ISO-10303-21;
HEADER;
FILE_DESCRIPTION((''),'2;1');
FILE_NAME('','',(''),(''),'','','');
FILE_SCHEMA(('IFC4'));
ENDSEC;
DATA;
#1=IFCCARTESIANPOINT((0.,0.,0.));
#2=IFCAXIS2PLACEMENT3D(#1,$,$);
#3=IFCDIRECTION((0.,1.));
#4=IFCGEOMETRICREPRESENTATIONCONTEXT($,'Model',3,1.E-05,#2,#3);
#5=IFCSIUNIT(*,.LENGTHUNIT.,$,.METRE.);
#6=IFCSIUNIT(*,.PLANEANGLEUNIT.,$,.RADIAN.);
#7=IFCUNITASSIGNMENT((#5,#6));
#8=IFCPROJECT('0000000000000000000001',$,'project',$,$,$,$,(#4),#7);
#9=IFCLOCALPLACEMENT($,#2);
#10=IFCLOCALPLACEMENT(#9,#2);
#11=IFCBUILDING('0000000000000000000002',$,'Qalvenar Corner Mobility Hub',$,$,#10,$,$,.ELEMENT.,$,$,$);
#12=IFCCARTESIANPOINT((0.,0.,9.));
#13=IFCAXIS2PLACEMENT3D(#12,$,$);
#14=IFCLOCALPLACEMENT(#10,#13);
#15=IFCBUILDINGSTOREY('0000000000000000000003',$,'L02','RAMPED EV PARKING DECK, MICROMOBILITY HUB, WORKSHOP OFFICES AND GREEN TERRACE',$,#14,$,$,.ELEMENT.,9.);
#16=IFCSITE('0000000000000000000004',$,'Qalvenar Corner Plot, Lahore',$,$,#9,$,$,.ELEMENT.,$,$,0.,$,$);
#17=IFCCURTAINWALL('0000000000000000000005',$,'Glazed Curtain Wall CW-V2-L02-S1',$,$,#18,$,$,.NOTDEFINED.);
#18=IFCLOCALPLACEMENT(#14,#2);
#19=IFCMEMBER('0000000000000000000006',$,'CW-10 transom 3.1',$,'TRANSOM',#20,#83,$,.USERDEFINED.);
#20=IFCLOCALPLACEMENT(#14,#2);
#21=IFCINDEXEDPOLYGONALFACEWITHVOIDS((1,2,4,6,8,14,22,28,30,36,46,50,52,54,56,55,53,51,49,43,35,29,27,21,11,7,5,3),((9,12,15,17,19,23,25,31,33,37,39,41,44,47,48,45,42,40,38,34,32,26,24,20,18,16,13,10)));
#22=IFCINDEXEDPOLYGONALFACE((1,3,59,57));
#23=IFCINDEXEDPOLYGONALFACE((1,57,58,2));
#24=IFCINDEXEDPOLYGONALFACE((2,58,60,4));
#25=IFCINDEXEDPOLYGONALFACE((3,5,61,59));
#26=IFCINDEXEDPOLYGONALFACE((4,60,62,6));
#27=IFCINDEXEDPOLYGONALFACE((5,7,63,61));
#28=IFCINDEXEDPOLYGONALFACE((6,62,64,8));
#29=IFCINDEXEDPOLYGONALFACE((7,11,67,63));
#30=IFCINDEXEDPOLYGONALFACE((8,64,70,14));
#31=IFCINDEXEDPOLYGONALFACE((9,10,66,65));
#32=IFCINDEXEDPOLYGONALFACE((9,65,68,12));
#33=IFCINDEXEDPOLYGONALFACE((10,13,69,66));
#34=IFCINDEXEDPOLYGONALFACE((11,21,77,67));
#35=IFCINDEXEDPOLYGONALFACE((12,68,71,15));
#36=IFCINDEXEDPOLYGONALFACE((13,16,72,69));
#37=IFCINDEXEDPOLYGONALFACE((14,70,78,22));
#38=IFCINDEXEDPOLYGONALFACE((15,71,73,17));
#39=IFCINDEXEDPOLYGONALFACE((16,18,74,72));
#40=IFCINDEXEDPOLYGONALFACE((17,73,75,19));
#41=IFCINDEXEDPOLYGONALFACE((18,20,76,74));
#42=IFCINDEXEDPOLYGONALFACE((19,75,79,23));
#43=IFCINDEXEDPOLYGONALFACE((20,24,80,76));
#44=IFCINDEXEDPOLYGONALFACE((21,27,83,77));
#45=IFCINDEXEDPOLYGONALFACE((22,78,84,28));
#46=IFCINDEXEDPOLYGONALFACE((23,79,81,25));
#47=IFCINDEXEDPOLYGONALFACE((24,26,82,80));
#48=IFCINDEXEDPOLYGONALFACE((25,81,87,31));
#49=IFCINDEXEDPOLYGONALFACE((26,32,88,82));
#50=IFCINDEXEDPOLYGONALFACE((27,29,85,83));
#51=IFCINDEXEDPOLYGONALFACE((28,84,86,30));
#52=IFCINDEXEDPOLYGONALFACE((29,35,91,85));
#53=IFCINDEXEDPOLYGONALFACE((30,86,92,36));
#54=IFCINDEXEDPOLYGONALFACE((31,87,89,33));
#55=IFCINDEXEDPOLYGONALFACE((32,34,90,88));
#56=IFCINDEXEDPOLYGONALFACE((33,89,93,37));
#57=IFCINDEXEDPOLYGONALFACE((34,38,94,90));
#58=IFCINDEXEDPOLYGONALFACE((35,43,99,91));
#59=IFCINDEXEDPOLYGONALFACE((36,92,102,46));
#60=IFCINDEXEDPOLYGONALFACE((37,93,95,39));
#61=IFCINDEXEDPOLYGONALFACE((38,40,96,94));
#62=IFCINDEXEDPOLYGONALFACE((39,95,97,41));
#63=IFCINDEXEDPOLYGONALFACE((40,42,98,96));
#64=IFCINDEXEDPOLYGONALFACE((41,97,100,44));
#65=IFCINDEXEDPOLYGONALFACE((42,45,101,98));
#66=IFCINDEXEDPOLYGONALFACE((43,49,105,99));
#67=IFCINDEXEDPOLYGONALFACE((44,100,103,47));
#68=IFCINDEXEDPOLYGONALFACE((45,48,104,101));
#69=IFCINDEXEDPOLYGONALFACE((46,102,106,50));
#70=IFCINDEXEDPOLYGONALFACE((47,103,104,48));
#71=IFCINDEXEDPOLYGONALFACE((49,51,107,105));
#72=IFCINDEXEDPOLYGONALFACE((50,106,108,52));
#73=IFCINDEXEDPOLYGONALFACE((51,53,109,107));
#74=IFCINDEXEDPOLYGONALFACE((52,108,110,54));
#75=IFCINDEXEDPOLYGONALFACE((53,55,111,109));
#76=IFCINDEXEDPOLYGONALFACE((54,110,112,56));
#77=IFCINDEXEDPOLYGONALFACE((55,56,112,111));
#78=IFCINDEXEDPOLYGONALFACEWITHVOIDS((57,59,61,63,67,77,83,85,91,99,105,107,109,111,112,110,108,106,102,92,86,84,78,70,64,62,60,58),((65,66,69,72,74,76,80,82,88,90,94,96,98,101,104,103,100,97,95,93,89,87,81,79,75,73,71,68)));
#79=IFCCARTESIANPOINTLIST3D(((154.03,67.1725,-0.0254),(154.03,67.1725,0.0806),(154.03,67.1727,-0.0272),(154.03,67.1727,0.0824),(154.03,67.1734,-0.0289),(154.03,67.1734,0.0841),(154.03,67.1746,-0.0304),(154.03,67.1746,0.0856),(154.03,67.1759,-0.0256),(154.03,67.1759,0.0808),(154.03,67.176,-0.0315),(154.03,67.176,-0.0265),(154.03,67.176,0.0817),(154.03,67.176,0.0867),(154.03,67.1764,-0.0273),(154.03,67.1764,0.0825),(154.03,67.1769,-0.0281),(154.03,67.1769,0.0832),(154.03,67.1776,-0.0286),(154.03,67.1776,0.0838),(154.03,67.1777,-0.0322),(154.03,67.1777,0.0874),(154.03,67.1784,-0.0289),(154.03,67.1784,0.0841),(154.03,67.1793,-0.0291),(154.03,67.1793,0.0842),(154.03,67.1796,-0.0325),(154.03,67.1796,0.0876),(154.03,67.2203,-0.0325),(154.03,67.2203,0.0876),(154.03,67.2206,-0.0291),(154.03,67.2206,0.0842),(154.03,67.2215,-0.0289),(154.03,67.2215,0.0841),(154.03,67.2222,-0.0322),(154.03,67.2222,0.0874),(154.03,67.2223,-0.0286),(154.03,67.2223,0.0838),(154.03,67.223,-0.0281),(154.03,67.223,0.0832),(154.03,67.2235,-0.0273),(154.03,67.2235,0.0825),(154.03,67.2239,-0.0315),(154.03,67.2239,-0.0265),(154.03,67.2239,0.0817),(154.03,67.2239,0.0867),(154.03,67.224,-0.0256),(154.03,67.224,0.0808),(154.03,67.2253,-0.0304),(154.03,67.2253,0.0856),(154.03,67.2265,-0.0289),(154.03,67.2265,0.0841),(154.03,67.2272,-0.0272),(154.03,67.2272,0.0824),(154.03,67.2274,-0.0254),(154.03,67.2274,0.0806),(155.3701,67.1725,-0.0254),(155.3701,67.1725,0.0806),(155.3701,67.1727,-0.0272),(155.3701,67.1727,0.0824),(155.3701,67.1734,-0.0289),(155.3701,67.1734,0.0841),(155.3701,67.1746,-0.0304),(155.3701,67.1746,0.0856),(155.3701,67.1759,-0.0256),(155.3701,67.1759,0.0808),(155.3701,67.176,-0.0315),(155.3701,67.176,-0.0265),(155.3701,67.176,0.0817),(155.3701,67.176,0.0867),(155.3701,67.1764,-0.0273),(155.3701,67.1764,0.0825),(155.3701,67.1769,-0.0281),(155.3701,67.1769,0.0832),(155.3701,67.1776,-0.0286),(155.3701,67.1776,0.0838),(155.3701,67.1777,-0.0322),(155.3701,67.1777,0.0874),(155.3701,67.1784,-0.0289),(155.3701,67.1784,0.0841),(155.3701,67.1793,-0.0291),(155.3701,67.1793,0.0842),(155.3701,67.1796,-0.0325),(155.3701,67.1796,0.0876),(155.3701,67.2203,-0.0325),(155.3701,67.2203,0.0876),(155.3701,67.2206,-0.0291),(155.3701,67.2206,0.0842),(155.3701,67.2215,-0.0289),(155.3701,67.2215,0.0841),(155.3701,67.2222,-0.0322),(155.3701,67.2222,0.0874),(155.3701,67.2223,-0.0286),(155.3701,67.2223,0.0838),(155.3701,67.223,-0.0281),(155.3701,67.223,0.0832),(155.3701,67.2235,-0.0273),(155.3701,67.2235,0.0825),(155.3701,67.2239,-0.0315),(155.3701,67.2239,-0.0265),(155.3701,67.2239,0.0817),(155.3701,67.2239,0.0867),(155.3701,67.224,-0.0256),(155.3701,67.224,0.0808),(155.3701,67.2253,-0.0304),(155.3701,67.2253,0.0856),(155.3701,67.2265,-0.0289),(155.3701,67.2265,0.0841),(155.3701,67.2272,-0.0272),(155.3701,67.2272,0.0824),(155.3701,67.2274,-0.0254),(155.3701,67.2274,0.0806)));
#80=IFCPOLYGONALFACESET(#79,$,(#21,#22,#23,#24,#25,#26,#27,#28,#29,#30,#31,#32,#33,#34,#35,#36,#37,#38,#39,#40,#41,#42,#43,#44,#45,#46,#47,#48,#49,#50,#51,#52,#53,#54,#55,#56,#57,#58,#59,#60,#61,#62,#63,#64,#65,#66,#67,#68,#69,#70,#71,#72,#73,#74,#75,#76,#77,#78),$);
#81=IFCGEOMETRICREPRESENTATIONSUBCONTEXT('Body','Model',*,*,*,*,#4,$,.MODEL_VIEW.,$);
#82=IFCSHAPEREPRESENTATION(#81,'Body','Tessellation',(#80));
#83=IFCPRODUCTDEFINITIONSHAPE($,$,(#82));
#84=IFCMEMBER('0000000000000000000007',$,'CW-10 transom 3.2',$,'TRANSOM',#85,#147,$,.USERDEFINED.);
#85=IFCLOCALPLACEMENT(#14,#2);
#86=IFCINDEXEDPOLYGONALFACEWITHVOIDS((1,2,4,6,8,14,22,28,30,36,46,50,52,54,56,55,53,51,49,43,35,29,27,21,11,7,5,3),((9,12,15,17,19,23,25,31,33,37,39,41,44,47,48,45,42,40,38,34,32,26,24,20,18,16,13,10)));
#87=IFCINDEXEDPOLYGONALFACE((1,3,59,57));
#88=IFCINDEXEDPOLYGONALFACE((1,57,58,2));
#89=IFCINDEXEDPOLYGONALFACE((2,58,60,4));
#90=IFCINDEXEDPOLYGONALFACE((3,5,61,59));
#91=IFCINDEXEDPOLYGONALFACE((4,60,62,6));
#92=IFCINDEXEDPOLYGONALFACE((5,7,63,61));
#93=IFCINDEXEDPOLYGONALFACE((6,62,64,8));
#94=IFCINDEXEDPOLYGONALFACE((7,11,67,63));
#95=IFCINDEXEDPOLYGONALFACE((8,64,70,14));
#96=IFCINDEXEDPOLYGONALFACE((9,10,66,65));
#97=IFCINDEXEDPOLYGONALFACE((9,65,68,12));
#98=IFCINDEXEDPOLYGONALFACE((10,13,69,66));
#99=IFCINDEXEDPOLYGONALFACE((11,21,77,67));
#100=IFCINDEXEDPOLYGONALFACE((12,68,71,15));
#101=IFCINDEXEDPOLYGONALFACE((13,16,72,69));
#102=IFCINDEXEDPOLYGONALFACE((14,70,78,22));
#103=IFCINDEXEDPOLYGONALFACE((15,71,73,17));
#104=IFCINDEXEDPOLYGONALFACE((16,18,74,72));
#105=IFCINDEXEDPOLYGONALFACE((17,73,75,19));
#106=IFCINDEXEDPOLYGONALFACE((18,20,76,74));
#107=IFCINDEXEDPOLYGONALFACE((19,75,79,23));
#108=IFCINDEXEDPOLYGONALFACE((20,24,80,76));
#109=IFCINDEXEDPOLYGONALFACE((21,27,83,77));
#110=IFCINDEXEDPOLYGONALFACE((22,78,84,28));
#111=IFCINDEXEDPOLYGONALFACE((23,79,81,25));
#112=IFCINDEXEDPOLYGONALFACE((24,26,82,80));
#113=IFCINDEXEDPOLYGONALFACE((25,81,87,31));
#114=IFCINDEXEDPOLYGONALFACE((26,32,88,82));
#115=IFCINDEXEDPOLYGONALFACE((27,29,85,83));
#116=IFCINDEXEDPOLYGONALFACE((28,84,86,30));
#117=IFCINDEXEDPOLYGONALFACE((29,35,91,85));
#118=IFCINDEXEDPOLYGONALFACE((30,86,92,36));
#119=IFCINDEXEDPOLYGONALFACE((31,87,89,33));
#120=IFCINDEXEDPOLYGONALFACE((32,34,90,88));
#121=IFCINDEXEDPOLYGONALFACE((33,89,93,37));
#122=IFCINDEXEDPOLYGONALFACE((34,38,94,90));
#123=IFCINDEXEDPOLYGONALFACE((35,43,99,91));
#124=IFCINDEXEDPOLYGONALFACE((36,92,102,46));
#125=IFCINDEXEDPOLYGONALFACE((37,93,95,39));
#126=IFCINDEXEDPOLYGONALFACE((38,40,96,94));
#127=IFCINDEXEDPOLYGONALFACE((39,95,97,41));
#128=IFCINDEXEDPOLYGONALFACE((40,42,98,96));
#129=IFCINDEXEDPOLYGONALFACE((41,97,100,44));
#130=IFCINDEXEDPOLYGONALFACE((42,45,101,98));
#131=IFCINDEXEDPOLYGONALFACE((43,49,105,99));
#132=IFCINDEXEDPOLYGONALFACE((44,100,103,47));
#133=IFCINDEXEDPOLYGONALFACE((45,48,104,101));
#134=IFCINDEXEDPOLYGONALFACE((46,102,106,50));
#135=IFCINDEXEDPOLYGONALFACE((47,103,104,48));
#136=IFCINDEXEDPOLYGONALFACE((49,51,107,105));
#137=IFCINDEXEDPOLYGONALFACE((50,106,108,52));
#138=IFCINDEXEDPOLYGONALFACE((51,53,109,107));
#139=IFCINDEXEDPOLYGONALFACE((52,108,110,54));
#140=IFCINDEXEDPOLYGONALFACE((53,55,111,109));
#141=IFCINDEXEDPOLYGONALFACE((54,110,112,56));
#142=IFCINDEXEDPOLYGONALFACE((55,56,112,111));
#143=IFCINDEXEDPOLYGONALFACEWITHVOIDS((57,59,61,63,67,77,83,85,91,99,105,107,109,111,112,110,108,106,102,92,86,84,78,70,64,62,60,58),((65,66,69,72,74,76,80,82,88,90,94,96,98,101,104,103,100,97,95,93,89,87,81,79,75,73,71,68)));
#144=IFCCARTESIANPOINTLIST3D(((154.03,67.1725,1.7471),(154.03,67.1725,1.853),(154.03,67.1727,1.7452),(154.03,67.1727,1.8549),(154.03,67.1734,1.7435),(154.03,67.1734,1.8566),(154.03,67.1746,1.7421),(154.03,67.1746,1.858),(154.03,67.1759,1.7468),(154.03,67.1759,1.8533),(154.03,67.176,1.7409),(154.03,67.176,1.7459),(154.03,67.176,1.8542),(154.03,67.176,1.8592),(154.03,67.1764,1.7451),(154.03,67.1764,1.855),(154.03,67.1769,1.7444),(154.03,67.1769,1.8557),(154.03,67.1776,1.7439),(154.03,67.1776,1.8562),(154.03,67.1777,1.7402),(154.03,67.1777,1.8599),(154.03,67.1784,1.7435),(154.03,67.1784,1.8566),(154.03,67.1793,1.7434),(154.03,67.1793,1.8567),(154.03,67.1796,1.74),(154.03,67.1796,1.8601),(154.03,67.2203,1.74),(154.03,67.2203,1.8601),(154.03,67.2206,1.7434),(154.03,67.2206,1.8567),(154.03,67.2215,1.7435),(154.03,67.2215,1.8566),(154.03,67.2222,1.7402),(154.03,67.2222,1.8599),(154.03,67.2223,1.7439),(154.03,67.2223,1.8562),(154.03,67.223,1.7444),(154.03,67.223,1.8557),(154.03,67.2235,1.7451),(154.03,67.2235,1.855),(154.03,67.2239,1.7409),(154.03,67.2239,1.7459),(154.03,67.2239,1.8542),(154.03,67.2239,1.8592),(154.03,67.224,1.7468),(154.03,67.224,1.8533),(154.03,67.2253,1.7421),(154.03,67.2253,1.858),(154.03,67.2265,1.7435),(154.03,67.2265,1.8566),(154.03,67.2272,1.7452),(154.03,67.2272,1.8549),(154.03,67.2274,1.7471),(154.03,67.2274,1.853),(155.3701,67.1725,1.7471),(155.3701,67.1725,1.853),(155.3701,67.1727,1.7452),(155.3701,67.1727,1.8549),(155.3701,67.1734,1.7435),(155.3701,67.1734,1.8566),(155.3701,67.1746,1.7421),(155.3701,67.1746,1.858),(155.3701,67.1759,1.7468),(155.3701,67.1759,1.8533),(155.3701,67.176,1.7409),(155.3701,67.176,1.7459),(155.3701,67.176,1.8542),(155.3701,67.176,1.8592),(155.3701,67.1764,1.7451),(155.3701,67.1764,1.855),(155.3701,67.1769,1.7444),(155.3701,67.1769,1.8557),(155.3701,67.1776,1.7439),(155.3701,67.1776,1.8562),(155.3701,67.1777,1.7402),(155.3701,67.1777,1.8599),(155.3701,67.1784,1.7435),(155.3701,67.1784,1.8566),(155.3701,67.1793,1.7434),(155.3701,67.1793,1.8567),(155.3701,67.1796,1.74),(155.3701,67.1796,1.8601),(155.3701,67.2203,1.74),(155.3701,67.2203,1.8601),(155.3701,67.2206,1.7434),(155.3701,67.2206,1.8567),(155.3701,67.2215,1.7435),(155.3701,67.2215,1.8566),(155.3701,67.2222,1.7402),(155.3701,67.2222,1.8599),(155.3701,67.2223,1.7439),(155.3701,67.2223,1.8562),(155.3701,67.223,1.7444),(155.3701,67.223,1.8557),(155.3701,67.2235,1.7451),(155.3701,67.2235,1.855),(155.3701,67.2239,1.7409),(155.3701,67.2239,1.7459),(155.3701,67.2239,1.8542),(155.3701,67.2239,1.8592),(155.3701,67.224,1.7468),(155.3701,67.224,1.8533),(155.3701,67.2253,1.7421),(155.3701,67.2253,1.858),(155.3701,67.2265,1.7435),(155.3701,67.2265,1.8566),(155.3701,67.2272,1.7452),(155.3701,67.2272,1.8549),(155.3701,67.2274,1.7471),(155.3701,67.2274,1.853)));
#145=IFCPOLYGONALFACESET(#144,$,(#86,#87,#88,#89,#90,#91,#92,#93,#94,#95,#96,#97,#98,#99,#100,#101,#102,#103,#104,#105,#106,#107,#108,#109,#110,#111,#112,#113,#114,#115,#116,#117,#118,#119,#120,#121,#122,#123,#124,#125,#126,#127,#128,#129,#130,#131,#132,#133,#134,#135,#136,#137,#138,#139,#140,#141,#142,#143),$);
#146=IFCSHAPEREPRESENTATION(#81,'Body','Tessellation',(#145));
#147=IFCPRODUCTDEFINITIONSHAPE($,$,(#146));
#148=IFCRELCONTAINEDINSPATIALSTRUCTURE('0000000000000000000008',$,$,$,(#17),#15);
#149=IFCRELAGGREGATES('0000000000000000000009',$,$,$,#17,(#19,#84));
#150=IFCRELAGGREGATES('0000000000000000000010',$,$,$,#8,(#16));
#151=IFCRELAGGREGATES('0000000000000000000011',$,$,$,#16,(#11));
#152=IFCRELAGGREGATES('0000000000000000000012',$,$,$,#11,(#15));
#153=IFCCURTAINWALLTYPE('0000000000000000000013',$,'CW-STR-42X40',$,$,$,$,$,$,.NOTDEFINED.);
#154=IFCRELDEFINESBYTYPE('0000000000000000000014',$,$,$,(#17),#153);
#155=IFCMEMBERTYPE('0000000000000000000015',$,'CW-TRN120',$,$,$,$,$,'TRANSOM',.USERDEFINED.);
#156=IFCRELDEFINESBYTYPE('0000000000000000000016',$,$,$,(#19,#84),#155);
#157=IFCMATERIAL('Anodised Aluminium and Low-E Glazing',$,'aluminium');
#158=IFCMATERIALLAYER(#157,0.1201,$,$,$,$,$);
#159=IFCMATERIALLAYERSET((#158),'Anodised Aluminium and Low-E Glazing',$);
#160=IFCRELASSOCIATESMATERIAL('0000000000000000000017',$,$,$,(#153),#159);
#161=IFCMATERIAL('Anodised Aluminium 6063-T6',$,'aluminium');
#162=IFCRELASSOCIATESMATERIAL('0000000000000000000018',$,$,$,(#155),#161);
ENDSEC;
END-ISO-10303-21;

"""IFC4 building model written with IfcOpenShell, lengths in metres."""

from ifc_helpers import new_model, si_unit, direction, frame, origin, origin_2d, place, context, subcontext, project, spatial, hollow_rectangle, extrude, material, layer, layer_set, material_profile, profile_set, type_object, element, aggregate, save


model = new_model("IFC4")

# Units and contexts
model_context = context("Model", 3, precision=1e-05, world=origin(), true_north=direction((0.0, 1.0)))
body_context = subcontext(model_context, "Body", "Model", "MODEL_VIEW")
ifc_project = project(units=[si_unit("LENGTHUNIT", "METRE"), si_unit("PLANEANGLEUNIT", "RADIAN")], contexts=[model_context])

# Site, building, storey
site_placement = place(None, origin())
site = spatial("IfcSite", under=ifc_project, at=site_placement, Name="Qalvenar Corner Plot, Lahore", CompositionType="ELEMENT", RefElevation=0.0)
building_placement = place(site_placement, origin())
building = spatial("IfcBuilding", under=site, at=building_placement, Name="Qalvenar Corner Mobility Hub", CompositionType="ELEMENT")
storey_placement = place(building_placement, frame((0.0, 0.0, 9.0)))
storey = spatial("IfcBuildingStorey", under=building, at=storey_placement, Name="L02", Description="RAMPED EV PARKING DECK, MICROMOBILITY HUB, WORKSHOP OFFICES AND GREEN TERRACE", CompositionType="ELEMENT", Elevation=9.0)

# Curtain wall, members
ifc_material_1 = material(Name="Anodised Aluminium and Low-E Glazing", Category="aluminium")
ifc_layer_1 = layer(ifc_material_1, 0.1201)
ifc_layer_set_1 = layer_set([ifc_layer_1], Name="Anodised Aluminium and Low-E Glazing")
curtain_wall_type = type_object("IfcCurtainWallType", Name="CW-STR-42X40", PredefinedType="NOTDEFINED", material=ifc_layer_set_1)
curtain_wall_placement = place(storey_placement, origin())
curtain_wall = element("IfcCurtainWall", 1, at=curtain_wall_placement, inside=storey, type_object=curtain_wall_type, Name="Glazed Curtain Wall CW-V2-L02-S1", PredefinedType="NOTDEFINED")
ifc_material_2 = material(Name="Anodised Aluminium 6063-T6", Category="aluminium")
ifc_material_profile_1 = material_profile(ifc_material_2, hollow_rectangle(XDim=0.0549, YDim=0.1201, WallThickness=0.0034, InnerFilletRadius=0.0034, OuterFilletRadius=0.0071, at=origin_2d()), Name="RHS120x55x3.5")
ifc_profile_set_1 = profile_set([ifc_material_profile_1], Name="Anodised Aluminium 6063-T6")
member_type_1 = type_object("IfcMemberType", Name="CW-TRN120", ElementType="TRANSOM", PredefinedType="USERDEFINED", material=ifc_profile_set_1)
member_1_placement = place(storey_placement, frame((154.03, 67.2, 0.0276), z_axis=(1.0, 0.0, 0.0), x_axis=(0.0, 1.0, 0.0)))
member_1 = element("IfcMember", 2, at=member_1_placement, type_object=member_type_1, Name="CW-10 transom 3.1", ObjectType="TRANSOM", PredefinedType="USERDEFINED", context=body_context, shape_type="SweptSolid", body=[
    extrude(hollow_rectangle(XDim=0.0549, YDim=0.1201, WallThickness=0.0034, InnerFilletRadius=0.0034, OuterFilletRadius=0.0071, at=origin_2d()), origin(), (0.0, 0.0, 1.0), 1.3401),
])
member_2_placement = place(storey_placement, frame((154.03, 67.2, 1.8), z_axis=(1.0, 0.0, 0.0), x_axis=(0.0, 1.0, 0.0)))
member_2 = element("IfcMember", 3, at=member_2_placement, type_object=member_type_1, Name="CW-10 transom 3.2", ObjectType="TRANSOM", PredefinedType="USERDEFINED", context=body_context, shape_type="SweptSolid", body=[
    extrude(hollow_rectangle(XDim=0.0549, YDim=0.1201, WallThickness=0.0034, InnerFilletRadius=0.0034, OuterFilletRadius=0.0071, at=origin_2d()), origin(), (0.0, 0.0, 1.0), 1.3401),
])
aggregate(curtain_wall, [member_1, member_2])

save(model, "model.ifc")
